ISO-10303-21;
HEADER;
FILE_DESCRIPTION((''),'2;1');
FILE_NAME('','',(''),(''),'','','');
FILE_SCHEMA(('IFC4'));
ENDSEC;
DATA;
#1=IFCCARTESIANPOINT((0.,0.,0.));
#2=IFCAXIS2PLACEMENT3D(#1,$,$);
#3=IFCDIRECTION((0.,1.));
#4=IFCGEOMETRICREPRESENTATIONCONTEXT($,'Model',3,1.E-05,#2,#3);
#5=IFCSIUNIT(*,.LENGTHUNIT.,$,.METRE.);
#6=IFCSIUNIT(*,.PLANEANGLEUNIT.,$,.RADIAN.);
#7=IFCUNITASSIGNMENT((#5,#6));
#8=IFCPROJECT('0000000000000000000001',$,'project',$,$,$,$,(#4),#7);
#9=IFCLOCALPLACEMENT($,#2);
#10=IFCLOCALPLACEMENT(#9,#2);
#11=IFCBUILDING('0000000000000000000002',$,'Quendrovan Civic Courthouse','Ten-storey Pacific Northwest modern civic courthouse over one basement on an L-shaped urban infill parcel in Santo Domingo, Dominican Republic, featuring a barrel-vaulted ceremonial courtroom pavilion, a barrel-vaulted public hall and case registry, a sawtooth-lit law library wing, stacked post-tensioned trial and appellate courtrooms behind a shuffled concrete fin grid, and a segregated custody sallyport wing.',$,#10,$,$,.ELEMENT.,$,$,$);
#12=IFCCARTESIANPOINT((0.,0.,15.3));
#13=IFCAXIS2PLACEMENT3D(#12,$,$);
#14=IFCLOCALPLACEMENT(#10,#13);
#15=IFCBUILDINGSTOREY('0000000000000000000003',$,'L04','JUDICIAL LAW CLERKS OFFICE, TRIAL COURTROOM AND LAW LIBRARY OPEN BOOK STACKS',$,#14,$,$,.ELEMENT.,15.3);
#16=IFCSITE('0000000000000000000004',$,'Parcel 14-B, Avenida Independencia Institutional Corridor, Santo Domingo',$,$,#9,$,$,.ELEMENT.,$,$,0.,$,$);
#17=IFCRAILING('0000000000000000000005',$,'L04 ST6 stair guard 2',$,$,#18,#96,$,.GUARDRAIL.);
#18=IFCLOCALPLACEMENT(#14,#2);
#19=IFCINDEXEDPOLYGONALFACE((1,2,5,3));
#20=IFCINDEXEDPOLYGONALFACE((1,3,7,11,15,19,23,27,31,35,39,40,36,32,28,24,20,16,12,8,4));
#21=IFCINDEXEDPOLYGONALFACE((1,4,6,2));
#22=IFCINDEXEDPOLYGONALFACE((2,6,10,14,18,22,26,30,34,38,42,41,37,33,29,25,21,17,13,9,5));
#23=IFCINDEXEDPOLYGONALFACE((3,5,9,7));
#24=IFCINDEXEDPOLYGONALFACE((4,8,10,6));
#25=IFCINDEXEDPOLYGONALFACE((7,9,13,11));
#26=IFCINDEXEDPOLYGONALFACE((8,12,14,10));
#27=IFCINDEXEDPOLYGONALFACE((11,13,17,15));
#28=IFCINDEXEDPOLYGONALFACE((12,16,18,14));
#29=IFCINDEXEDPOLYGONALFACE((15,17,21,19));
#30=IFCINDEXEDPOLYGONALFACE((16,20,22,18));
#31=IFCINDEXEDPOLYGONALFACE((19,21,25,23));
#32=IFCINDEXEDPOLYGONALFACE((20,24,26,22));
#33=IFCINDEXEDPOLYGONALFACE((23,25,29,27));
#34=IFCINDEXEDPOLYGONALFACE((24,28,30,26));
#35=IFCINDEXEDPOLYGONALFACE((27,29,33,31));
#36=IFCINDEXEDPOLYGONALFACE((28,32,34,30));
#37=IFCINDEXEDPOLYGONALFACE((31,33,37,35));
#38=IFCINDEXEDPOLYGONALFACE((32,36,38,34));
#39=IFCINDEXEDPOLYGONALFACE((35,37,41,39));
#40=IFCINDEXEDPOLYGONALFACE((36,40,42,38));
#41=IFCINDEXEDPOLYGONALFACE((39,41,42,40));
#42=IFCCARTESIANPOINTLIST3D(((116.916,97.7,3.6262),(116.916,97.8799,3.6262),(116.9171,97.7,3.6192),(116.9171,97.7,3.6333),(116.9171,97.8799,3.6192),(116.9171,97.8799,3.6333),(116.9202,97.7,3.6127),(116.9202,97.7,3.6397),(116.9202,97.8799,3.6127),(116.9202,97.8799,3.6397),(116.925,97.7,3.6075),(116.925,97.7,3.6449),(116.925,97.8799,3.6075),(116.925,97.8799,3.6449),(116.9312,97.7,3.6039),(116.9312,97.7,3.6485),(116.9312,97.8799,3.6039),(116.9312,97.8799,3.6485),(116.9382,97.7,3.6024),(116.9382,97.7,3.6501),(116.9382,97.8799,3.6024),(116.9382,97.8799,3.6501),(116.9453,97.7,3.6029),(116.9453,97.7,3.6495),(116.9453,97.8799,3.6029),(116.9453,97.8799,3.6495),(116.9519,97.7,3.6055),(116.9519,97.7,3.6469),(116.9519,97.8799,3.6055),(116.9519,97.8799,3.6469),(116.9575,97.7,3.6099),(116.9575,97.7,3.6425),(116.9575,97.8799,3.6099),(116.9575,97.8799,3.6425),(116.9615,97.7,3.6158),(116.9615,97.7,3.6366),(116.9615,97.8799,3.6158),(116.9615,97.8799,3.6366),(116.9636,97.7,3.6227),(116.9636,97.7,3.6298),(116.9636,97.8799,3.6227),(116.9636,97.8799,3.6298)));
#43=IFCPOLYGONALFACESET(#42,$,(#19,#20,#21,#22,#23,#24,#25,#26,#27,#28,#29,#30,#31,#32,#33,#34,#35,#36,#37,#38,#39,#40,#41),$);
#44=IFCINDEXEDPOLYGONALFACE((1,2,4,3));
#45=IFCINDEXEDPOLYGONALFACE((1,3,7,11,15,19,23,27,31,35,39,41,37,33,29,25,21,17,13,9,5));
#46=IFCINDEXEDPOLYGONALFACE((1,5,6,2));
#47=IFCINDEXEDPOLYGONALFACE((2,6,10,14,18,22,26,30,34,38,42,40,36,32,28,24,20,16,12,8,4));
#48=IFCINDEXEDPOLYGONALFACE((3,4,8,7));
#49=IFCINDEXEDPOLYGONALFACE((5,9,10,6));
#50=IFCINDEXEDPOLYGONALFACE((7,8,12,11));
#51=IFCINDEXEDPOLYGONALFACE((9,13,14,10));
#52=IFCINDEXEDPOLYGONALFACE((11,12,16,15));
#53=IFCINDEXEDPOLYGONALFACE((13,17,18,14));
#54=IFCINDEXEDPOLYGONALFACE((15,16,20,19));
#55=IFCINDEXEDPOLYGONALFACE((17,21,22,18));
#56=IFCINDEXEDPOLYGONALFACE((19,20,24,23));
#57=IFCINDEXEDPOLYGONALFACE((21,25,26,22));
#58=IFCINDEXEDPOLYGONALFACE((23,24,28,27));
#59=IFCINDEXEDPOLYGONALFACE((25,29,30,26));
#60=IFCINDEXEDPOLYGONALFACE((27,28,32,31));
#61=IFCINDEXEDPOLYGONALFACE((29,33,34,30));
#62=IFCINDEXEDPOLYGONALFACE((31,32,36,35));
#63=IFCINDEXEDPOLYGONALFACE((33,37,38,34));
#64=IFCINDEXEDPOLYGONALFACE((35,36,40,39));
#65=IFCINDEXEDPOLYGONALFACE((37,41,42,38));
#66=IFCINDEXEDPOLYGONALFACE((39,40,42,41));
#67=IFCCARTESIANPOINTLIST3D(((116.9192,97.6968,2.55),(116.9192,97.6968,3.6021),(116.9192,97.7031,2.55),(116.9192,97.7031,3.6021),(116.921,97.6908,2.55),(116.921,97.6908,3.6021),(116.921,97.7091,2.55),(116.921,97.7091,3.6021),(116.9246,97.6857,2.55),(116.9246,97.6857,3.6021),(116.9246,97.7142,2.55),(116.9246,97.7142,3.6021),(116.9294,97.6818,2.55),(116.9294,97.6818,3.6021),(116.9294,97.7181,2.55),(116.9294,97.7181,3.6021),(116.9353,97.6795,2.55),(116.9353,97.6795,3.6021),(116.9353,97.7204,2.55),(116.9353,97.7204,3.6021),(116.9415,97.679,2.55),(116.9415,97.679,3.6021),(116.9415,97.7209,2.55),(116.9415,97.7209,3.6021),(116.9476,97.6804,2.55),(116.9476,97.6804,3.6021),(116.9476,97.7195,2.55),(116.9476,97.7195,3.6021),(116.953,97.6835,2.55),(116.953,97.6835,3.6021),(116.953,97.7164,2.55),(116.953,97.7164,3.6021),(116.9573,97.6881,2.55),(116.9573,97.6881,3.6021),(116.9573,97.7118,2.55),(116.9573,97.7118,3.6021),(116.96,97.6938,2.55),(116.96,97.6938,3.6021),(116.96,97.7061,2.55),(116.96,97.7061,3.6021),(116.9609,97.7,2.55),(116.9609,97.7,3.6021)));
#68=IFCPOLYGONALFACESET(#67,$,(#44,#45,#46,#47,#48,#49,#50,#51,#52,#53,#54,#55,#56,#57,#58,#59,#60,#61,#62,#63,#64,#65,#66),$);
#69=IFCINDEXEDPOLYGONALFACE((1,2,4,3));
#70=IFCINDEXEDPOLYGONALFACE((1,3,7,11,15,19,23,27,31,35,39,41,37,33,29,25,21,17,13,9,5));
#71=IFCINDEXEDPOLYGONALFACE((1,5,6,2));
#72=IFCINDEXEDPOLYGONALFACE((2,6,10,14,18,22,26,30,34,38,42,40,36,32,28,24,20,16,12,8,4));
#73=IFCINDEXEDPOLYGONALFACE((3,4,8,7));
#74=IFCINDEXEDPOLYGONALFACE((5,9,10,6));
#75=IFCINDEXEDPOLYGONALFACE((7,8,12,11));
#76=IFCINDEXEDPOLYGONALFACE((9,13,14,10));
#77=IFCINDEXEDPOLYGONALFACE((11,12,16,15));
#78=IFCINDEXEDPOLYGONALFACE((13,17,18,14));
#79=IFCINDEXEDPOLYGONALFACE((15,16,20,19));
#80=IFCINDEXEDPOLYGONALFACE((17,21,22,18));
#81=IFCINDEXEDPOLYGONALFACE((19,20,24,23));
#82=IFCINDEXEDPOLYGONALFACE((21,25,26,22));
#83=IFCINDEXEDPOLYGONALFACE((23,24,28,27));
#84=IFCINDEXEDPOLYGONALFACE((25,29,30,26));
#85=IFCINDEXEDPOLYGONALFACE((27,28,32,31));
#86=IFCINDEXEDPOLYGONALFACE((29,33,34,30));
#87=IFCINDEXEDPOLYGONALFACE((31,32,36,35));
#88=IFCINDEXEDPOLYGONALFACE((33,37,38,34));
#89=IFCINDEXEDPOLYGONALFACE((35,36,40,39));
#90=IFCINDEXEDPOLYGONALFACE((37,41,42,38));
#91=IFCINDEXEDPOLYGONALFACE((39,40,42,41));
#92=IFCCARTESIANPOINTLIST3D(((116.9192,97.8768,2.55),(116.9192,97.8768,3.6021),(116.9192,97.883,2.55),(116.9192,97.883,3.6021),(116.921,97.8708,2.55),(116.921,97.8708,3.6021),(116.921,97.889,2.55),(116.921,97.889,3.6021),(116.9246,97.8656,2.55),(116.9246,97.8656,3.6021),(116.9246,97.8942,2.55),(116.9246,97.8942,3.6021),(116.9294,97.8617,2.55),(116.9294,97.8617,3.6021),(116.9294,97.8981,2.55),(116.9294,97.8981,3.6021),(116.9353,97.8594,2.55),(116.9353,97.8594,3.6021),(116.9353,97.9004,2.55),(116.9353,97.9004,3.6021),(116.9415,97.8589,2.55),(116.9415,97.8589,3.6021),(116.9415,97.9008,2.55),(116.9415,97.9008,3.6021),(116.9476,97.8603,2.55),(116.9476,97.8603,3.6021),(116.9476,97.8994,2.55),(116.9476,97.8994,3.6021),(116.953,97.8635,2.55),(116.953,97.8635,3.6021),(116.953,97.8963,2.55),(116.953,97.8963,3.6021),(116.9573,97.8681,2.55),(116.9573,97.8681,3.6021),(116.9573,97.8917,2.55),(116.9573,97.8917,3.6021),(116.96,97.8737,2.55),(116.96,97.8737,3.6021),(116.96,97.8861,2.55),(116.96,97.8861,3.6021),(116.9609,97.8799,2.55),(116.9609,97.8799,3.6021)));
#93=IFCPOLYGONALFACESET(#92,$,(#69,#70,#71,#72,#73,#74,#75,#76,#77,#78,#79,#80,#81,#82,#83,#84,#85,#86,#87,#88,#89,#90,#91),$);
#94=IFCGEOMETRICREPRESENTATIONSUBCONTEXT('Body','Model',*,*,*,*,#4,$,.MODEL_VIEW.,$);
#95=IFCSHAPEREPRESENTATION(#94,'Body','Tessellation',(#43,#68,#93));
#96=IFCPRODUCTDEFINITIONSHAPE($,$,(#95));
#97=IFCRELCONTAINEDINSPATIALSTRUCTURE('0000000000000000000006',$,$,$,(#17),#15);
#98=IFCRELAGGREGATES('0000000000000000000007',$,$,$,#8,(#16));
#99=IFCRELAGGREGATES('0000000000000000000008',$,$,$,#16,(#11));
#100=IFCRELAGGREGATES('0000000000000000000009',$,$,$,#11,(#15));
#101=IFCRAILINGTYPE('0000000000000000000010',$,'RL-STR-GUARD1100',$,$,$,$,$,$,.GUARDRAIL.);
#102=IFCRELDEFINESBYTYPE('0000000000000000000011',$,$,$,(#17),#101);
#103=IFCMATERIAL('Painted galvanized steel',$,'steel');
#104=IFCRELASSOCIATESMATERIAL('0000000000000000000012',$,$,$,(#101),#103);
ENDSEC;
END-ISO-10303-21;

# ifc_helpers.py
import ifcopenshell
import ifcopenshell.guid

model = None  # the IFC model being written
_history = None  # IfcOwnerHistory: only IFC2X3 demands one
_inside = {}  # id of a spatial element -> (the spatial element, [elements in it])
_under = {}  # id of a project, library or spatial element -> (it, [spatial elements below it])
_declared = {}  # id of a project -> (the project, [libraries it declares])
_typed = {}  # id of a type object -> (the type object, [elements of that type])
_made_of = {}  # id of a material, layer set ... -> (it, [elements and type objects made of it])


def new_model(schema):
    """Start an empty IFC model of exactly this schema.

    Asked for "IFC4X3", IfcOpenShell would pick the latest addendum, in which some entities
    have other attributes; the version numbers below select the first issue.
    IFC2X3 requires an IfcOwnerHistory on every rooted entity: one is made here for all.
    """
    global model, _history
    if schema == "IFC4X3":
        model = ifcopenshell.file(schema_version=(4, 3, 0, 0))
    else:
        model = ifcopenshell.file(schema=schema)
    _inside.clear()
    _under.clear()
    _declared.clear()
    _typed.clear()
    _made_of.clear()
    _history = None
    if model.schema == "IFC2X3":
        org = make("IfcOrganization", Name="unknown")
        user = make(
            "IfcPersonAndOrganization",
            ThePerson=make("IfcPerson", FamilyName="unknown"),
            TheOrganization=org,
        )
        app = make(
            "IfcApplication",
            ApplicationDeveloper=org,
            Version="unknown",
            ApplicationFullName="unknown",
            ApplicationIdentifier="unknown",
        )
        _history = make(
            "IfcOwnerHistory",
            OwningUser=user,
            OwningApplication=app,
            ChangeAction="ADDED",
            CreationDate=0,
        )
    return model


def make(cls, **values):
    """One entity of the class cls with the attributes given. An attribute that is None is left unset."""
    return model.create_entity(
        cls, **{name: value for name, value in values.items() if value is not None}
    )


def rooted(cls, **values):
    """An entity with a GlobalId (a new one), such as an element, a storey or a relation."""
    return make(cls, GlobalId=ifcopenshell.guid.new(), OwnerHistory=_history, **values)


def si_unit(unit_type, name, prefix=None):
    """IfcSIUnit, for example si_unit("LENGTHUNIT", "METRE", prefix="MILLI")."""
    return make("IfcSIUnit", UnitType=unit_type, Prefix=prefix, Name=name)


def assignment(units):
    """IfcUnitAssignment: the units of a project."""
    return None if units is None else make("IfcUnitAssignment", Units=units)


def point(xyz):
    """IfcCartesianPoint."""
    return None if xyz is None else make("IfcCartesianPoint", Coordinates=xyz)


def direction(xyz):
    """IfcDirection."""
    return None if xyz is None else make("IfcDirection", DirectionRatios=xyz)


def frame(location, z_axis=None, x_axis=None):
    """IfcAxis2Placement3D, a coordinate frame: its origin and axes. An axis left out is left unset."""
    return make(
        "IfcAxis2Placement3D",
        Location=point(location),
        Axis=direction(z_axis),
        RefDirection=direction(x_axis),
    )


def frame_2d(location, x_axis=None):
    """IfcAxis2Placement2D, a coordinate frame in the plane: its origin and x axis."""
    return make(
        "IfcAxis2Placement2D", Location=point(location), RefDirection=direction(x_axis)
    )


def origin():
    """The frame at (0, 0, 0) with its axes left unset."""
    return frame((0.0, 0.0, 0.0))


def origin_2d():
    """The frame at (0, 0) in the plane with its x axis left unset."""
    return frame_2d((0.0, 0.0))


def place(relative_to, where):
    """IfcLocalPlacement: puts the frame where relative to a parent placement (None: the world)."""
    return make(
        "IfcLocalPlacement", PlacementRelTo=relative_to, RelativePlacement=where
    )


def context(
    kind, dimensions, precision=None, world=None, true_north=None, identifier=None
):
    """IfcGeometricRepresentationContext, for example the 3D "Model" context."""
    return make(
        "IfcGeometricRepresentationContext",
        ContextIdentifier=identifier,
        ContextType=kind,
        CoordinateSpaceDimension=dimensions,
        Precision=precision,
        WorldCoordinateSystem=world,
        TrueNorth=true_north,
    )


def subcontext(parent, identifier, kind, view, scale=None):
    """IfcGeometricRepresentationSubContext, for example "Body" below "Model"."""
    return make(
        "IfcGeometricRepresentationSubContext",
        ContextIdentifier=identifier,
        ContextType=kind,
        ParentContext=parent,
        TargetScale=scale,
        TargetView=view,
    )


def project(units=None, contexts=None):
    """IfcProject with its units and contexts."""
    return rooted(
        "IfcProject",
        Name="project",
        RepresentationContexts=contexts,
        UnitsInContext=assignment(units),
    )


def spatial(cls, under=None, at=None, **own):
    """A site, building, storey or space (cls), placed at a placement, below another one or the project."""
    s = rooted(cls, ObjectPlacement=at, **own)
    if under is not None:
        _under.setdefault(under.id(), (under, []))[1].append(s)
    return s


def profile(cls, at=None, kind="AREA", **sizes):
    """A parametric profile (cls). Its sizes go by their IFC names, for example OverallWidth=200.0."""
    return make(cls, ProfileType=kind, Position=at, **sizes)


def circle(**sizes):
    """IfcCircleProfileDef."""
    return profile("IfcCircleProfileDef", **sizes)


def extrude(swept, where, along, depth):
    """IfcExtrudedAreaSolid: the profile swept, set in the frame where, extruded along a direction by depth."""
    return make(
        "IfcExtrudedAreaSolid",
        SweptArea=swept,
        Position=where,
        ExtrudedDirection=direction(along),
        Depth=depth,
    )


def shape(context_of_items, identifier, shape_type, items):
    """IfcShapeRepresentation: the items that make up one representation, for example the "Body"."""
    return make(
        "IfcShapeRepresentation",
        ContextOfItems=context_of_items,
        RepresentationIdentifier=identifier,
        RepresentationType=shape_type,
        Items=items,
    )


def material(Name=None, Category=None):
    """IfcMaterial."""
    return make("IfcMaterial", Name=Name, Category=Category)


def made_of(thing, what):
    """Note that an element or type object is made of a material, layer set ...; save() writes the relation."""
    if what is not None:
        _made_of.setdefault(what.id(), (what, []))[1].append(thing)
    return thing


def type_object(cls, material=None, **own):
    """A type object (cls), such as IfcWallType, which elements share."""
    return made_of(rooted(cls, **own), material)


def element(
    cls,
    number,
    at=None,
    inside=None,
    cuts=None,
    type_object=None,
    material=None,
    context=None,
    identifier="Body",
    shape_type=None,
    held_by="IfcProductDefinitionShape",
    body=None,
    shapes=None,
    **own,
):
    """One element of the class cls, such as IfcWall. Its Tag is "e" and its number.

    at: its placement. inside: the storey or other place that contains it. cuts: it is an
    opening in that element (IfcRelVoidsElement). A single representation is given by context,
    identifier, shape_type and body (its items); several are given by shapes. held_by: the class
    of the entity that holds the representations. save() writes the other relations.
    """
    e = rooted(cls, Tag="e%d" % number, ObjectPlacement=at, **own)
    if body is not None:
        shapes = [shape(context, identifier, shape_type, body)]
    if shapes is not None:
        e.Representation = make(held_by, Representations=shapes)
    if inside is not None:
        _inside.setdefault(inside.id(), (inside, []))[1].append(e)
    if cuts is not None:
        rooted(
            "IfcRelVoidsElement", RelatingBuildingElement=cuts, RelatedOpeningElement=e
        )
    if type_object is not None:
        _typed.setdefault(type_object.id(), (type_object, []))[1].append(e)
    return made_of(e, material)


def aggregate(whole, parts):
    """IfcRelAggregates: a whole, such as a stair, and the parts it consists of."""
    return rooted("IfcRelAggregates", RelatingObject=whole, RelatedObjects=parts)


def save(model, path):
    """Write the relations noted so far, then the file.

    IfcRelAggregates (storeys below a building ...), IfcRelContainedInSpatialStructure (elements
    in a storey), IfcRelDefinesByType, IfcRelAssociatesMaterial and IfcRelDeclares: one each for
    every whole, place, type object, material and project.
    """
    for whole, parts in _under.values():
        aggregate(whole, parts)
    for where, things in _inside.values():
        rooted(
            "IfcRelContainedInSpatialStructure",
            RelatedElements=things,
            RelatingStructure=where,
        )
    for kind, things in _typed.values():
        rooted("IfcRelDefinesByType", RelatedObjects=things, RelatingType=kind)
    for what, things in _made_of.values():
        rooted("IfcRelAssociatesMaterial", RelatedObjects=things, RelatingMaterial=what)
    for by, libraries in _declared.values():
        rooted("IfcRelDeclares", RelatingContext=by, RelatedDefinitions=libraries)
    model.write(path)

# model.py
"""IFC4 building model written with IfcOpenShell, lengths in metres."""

from ifc_helpers import new_model, si_unit, direction, frame, origin, origin_2d, place, context, subcontext, project, spatial, circle, extrude, material, type_object, element, save


model = new_model("IFC4")

# Units and contexts
model_context = context("Model", 3, precision=1e-05, world=origin(), true_north=direction((0.0, 1.0)))
body_context = subcontext(model_context, "Body", "Model", "MODEL_VIEW")
ifc_project = project(units=[si_unit("LENGTHUNIT", "METRE"), si_unit("PLANEANGLEUNIT", "RADIAN")], contexts=[model_context])

# Site, building, storey
site_placement = place(None, origin())
site = spatial("IfcSite", under=ifc_project, at=site_placement, Name="Parcel 14-B, Avenida Independencia Institutional Corridor, Santo Domingo", CompositionType="ELEMENT", RefElevation=0.0)
building_placement = place(site_placement, origin())
building = spatial("IfcBuilding", under=site, at=building_placement, Name="Quendrovan Civic Courthouse", Description="Ten-storey Pacific Northwest modern civic courthouse over one basement on an L-shaped urban infill parcel in Santo Domingo, Dominican Republic, featuring a barrel-vaulted ceremonial courtroom pavilion, a barrel-vaulted public hall and case registry, a sawtooth-lit law library wing, stacked post-tensioned trial and appellate courtrooms behind a shuffled concrete fin grid, and a segregated custody sallyport wing.", CompositionType="ELEMENT")
storey_placement = place(building_placement, frame((0.0, 0.0, 15.3)))
storey = spatial("IfcBuildingStorey", under=building, at=storey_placement, Name="L04", Description="JUDICIAL LAW CLERKS OFFICE, TRIAL COURTROOM AND LAW LIBRARY OPEN BOOK STACKS", CompositionType="ELEMENT", Elevation=15.3)

# Railing
ifc_material_1 = material(Name="Painted galvanized steel", Category="steel")
railing_type_1 = type_object("IfcRailingType", Name="RL-STR-GUARD1100", PredefinedType="GUARDRAIL", material=ifc_material_1)
railing_1_placement = place(storey_placement, frame((116.9399, 97.7, 2.55)))
element("IfcRailing", 1, at=railing_1_placement, inside=storey, type_object=railing_type_1, Name="L04 ST6 stair guard 2", PredefinedType="GUARDRAIL", context=body_context, shape_type="SweptSolid", body=[
    extrude(circle(Radius=0.0239, at=origin_2d()), frame((0.0, 0.0, 1.0762), z_axis=(0.0, 1.0, 0.0), x_axis=(-1.0, 0.0, 0.0)), (0.0, 0.0, 1.0), 0.1799),
    extrude(circle(Radius=0.021, at=origin_2d()), origin(), (0.0, 0.0, 1.0), 1.052),
    extrude(circle(Radius=0.021, at=origin_2d()), frame((0.0, 0.1799, 0.0)), (0.0, 0.0, 1.0), 1.052),
])

save(model, "model.ifc")
